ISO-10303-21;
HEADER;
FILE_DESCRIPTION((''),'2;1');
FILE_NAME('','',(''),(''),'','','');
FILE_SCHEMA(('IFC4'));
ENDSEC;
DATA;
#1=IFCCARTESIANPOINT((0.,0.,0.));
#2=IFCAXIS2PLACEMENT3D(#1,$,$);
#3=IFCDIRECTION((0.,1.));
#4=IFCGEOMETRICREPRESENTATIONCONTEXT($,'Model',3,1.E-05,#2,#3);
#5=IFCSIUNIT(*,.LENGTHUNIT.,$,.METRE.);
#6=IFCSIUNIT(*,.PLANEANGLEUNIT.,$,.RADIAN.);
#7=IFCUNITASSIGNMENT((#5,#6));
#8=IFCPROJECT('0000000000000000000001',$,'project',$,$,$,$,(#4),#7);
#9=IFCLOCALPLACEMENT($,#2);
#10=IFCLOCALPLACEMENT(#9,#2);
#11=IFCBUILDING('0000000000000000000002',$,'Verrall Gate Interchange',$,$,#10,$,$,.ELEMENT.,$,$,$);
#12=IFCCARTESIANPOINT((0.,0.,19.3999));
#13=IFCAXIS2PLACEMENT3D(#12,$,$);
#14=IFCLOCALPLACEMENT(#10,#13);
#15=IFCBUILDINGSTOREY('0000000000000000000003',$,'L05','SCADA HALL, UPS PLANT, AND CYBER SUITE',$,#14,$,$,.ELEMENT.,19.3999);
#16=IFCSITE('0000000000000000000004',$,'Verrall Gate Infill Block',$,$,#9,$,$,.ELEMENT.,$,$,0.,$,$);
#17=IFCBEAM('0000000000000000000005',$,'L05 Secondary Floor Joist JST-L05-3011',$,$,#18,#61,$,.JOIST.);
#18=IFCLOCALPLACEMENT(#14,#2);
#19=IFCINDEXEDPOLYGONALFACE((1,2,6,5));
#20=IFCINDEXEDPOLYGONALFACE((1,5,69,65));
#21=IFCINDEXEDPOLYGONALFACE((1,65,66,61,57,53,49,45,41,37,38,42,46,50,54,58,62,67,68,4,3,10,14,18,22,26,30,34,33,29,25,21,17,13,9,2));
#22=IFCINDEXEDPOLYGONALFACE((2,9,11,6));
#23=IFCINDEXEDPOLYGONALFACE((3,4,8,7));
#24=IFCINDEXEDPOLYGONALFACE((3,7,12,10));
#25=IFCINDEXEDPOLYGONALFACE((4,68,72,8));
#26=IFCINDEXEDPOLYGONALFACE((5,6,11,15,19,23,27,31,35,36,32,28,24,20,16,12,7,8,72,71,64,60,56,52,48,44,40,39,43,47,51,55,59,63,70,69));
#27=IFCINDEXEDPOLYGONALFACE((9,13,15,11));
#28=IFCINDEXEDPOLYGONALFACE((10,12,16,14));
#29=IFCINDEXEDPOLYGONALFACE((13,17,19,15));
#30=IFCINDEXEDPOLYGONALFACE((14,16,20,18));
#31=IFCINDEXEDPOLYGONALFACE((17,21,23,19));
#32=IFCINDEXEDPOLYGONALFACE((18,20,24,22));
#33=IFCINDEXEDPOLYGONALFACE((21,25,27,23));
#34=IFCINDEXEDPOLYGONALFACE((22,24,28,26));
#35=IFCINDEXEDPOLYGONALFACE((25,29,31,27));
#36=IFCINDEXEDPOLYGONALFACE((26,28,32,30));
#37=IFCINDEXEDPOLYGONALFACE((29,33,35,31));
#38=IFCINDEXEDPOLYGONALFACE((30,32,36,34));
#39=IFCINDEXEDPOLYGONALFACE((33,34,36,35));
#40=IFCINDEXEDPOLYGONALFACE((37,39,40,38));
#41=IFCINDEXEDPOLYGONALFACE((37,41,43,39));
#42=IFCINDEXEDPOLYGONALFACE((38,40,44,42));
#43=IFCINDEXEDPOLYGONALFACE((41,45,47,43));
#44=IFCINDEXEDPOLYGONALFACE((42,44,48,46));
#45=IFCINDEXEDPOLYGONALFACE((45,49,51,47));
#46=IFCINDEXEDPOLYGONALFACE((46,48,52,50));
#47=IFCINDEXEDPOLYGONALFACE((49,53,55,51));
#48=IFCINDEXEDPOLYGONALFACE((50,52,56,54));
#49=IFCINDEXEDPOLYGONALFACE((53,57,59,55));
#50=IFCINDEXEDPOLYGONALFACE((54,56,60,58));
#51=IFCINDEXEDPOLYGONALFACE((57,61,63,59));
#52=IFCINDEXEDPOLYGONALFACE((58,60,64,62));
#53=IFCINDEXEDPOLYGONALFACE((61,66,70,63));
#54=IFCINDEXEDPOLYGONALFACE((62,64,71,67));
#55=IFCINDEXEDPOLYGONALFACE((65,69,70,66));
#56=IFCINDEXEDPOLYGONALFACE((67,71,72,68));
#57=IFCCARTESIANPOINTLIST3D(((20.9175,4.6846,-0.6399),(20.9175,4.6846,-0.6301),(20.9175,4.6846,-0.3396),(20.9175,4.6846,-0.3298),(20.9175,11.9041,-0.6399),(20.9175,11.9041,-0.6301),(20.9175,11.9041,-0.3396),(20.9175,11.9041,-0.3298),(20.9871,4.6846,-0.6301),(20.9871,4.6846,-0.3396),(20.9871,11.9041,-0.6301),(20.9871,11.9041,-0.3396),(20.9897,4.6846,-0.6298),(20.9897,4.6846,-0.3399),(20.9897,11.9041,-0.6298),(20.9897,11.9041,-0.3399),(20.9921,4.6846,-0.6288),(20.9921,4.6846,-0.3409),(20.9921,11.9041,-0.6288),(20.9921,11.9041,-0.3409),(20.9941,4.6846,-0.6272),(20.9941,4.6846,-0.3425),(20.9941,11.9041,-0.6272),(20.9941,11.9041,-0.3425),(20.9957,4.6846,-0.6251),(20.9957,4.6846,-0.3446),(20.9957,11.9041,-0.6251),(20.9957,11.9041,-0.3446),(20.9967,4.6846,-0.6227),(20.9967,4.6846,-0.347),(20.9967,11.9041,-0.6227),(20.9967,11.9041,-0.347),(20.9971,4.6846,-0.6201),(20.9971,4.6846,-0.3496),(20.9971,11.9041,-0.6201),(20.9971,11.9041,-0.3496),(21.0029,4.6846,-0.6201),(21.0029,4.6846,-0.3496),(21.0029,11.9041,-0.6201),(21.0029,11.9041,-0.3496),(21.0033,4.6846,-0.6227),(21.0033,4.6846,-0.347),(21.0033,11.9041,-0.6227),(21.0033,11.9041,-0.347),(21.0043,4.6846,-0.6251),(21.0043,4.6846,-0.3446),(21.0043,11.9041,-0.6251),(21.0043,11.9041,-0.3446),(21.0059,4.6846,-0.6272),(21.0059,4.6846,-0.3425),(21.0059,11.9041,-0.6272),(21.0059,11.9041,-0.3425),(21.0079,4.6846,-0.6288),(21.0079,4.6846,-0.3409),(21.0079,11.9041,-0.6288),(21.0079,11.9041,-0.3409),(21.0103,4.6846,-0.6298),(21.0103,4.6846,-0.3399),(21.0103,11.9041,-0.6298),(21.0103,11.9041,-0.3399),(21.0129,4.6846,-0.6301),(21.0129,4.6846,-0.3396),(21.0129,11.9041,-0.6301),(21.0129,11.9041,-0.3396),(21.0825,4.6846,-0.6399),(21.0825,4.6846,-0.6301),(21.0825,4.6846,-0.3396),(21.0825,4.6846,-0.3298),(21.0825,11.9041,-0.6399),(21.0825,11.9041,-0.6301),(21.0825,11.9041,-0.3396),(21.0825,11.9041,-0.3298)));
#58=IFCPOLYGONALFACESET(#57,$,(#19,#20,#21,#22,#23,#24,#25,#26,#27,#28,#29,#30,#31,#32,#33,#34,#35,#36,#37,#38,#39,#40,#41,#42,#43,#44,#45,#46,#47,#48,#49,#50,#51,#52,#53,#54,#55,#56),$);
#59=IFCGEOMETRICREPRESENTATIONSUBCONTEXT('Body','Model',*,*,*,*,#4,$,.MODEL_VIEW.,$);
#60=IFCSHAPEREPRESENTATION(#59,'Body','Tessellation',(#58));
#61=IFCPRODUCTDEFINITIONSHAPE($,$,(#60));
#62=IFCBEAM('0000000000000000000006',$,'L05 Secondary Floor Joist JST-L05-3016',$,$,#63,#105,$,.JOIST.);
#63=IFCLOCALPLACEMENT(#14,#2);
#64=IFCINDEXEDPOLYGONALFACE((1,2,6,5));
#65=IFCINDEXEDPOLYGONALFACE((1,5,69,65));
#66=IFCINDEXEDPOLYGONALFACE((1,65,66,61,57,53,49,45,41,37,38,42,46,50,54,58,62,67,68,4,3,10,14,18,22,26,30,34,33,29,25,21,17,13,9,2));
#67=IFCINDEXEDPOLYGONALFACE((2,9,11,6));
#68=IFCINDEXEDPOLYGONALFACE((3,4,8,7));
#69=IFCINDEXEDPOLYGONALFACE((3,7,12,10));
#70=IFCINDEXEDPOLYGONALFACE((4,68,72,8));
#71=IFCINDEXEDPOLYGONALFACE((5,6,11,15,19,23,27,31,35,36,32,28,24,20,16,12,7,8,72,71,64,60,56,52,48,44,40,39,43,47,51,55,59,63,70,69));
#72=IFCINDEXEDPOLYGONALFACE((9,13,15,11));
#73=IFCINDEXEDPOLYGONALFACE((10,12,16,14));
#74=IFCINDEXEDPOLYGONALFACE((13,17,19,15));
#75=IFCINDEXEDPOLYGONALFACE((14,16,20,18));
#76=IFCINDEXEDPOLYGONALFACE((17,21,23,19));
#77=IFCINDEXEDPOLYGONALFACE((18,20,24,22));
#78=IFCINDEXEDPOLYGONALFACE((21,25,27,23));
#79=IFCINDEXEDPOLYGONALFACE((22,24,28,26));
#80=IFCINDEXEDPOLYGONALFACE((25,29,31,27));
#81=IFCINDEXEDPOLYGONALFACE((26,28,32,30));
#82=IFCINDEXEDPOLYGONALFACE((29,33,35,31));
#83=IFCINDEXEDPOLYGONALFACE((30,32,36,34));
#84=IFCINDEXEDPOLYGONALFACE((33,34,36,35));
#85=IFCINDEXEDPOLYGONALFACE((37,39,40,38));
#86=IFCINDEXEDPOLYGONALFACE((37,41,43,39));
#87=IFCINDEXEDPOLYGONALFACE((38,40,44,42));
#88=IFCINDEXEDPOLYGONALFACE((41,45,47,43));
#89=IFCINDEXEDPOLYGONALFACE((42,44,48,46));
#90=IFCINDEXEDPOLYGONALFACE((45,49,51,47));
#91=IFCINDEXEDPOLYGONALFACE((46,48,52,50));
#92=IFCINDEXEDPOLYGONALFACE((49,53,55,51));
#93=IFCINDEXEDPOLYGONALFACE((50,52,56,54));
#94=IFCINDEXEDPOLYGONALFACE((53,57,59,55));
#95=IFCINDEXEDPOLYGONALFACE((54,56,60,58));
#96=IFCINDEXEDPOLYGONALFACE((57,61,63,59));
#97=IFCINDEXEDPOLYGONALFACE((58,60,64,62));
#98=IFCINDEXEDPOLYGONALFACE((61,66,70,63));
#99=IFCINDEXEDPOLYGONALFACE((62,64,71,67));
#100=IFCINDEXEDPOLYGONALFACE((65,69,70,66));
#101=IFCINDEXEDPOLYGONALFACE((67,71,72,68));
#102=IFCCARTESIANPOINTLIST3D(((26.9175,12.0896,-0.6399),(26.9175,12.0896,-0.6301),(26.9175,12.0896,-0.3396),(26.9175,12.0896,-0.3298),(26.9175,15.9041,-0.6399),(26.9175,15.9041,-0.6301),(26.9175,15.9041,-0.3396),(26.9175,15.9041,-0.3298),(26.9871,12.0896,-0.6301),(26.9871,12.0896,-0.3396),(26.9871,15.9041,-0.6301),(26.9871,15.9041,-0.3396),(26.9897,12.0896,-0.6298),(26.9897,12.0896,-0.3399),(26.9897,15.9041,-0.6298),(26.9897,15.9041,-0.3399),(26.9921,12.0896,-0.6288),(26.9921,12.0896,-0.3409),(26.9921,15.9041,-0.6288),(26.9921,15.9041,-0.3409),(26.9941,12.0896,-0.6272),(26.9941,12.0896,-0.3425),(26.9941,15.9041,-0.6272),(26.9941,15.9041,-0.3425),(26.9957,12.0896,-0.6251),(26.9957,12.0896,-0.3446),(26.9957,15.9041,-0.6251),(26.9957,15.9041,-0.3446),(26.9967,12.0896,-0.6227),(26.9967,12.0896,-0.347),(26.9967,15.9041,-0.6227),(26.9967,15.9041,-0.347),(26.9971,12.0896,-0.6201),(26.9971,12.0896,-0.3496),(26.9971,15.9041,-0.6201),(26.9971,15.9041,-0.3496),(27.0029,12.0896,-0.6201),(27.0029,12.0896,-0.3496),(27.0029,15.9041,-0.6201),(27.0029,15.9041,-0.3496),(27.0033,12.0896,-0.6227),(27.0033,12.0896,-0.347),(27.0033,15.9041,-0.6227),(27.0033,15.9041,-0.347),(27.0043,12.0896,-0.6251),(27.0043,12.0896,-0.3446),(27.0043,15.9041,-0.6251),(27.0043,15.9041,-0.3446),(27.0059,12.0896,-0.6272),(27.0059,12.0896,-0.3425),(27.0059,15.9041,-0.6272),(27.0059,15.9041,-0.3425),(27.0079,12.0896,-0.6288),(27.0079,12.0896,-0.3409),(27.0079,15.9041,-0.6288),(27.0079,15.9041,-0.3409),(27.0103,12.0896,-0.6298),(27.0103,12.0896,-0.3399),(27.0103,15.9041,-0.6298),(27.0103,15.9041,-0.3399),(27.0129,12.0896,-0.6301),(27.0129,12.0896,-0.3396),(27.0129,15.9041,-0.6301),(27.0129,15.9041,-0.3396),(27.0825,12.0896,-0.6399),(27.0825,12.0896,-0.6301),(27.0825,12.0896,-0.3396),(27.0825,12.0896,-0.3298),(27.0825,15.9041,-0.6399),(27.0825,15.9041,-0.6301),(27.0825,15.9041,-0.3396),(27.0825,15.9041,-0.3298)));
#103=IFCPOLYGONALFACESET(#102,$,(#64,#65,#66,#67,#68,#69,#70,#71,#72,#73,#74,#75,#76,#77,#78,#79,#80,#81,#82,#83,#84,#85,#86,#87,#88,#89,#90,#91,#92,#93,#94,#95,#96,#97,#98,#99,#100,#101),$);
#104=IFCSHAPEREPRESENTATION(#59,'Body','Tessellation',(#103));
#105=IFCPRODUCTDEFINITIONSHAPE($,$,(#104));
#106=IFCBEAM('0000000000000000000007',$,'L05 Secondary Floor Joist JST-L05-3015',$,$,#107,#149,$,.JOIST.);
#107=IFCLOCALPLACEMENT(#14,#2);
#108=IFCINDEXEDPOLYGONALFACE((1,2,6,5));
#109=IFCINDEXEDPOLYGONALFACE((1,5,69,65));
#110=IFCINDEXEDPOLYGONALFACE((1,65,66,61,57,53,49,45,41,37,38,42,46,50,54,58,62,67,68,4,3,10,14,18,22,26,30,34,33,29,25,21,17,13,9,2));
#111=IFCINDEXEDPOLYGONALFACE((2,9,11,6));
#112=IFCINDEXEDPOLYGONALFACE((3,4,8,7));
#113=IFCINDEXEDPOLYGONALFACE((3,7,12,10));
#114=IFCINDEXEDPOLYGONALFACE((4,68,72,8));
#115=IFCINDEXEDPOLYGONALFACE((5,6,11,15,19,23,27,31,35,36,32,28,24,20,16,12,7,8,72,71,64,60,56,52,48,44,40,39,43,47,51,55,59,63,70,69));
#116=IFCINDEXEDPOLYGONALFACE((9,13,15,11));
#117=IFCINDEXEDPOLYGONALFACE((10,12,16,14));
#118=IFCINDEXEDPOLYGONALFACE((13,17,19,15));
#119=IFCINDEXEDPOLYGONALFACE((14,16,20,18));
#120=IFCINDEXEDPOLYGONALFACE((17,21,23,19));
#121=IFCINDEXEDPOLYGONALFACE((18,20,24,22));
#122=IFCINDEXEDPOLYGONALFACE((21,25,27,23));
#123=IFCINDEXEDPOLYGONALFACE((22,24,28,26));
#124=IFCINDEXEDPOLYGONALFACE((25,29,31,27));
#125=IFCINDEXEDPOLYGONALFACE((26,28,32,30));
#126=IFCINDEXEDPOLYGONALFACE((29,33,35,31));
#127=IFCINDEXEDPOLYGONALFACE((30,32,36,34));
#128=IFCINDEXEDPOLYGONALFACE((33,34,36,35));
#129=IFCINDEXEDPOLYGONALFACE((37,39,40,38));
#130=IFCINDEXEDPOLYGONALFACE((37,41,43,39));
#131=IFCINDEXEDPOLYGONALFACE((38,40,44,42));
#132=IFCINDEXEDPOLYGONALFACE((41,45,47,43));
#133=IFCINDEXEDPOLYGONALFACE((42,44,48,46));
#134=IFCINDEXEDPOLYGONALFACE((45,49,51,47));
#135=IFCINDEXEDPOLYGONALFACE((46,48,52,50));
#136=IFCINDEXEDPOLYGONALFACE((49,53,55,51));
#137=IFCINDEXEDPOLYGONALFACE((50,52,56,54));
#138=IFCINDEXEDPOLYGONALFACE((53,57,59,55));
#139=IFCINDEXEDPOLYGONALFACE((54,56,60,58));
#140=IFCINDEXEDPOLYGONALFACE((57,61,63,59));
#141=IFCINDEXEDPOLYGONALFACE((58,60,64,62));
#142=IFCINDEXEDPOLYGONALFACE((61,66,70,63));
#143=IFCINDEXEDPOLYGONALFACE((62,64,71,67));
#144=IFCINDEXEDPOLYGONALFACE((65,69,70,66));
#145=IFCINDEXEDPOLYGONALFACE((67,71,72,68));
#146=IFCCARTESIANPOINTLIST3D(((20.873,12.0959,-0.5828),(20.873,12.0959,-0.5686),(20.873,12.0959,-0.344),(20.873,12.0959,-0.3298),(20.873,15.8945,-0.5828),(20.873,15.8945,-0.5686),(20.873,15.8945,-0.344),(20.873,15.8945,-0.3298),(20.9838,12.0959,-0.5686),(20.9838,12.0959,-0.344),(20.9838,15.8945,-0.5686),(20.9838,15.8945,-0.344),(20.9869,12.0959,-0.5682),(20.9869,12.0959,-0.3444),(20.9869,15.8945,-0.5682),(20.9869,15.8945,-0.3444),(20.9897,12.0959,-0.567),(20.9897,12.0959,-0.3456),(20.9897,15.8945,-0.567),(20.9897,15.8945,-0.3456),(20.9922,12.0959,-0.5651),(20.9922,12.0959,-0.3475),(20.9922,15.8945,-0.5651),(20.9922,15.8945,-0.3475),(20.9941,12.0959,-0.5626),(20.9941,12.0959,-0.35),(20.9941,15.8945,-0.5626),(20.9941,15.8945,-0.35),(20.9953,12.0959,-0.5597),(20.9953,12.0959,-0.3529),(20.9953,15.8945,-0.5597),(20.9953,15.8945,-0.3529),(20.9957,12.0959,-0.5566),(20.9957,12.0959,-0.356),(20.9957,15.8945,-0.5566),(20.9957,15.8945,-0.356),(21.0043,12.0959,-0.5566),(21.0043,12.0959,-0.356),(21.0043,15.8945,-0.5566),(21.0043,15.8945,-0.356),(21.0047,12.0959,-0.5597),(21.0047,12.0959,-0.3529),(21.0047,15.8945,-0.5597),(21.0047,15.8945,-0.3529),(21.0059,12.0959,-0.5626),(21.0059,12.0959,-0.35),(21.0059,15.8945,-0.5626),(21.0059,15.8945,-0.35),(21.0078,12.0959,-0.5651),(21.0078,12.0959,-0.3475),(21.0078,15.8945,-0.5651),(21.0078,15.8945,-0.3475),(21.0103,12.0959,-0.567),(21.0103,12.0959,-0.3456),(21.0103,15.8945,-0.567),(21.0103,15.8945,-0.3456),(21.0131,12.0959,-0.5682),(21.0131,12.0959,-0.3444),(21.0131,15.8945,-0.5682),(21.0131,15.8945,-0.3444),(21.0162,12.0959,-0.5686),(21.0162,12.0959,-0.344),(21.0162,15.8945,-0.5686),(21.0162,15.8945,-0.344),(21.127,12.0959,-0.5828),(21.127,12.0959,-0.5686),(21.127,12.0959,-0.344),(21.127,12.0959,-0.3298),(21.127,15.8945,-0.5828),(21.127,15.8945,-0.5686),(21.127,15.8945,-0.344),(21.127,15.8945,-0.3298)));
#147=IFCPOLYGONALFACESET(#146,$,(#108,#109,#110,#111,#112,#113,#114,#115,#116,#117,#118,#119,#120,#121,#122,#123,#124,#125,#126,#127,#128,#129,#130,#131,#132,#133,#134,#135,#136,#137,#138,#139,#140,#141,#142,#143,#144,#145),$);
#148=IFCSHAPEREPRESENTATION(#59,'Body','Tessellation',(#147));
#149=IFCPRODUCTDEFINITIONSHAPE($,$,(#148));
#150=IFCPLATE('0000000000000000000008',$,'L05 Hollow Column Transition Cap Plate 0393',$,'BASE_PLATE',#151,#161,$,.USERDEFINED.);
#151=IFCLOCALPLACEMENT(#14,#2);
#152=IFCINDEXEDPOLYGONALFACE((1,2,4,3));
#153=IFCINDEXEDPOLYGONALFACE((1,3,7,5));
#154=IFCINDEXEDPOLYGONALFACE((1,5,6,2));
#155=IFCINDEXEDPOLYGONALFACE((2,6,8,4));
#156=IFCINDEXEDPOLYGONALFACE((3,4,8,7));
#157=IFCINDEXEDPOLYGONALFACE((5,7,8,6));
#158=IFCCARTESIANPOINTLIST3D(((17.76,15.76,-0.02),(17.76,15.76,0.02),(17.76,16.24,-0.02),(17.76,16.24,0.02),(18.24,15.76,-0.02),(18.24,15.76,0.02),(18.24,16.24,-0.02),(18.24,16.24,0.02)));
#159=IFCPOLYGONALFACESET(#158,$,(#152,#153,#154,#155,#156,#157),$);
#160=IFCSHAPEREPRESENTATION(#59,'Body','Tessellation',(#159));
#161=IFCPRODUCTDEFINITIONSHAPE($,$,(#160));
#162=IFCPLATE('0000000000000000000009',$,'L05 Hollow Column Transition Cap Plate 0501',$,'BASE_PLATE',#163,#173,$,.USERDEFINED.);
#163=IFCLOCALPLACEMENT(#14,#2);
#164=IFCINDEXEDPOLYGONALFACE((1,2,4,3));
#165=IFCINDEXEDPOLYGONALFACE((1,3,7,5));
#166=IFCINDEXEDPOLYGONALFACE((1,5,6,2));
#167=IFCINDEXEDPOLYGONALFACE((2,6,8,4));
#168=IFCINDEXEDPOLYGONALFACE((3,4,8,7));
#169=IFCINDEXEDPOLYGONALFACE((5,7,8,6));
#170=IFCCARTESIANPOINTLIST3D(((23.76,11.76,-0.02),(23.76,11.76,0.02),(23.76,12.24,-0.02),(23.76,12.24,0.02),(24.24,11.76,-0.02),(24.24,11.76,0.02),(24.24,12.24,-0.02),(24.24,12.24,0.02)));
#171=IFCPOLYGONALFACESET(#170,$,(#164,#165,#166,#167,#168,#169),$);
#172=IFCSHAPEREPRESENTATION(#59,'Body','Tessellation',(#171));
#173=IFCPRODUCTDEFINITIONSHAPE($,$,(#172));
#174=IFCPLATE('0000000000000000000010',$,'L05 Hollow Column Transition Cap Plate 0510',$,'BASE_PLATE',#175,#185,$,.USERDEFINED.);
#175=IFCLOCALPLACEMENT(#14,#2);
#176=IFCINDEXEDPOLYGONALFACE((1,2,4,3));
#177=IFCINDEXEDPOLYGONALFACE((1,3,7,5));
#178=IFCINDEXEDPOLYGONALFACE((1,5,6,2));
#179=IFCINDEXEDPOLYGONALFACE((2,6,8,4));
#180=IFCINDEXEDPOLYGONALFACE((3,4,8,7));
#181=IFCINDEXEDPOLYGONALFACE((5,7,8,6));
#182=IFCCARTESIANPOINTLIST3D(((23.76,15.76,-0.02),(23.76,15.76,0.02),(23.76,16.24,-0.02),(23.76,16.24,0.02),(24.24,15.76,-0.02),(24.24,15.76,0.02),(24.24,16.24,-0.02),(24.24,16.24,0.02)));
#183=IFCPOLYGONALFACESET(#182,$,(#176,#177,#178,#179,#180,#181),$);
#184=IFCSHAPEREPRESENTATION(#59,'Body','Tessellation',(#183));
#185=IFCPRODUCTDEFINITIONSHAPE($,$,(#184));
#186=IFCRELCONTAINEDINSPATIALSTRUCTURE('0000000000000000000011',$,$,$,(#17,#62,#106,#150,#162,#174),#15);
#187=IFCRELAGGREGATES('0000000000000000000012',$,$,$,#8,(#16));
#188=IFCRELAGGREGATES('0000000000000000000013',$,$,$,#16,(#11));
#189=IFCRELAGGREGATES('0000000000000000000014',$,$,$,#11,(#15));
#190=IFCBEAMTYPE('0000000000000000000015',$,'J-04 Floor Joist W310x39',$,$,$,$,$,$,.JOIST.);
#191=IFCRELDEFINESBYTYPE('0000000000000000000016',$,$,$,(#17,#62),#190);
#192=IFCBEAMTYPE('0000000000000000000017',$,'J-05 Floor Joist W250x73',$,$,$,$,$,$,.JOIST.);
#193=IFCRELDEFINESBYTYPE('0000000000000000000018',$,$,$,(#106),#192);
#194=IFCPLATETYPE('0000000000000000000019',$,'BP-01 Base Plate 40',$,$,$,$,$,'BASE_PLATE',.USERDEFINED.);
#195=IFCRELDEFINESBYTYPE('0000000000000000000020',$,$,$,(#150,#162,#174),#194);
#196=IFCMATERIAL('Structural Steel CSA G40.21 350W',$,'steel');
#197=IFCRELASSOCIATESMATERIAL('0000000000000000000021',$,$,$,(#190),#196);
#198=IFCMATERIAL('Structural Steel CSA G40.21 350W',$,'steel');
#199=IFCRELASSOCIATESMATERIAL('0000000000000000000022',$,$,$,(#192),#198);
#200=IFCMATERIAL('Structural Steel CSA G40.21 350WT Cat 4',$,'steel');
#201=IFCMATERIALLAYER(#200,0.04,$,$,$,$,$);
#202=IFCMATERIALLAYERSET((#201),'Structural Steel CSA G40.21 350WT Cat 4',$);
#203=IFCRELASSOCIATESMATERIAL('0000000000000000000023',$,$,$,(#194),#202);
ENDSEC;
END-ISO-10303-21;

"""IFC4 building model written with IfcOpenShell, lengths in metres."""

from ifc_helpers import new_model, si_unit, direction, frame, origin, origin_2d, place, context, subcontext, project, spatial, rectangle, i_section, extrude, material, layer, layer_set, material_profile, profile_set, type_object, element, save


model = new_model("IFC4")

# Units and contexts
model_context = context("Model", 3, precision=1e-05, world=origin(), true_north=direction((0.0, 1.0)))
body_context = subcontext(model_context, "Body", "Model", "MODEL_VIEW")
ifc_project = project(units=[si_unit("LENGTHUNIT", "METRE"), si_unit("PLANEANGLEUNIT", "RADIAN")], contexts=[model_context])

# Site, building, storey
site_placement = place(None, origin())
site = spatial("IfcSite", under=ifc_project, at=site_placement, Name="Verrall Gate Infill Block", CompositionType="ELEMENT", RefElevation=0.0)
building_placement = place(site_placement, origin())
building = spatial("IfcBuilding", under=site, at=building_placement, Name="Verrall Gate Interchange", CompositionType="ELEMENT")
storey_placement = place(building_placement, frame((0.0, 0.0, 19.3999)))
storey = spatial("IfcBuildingStorey", under=building, at=storey_placement, Name="L05", Description="SCADA HALL, UPS PLANT, AND CYBER SUITE", CompositionType="ELEMENT", Elevation=19.3999)

# Beams
ifc_material_1 = material(Name="Structural Steel CSA G40.21 350W", Category="steel")
ifc_material_profile_1 = material_profile(ifc_material_1, i_section(OverallWidth=0.165, OverallDepth=0.3101, WebThickness=0.0059, FlangeThickness=0.0098, FilletRadius=0.01, at=origin_2d()), Name="W310x39")
ifc_profile_set_1 = profile_set([ifc_material_profile_1], Name="Structural Steel CSA G40.21 350W")
beam_type_1 = type_object("IfcBeamType", Name="J-04 Floor Joist W310x39", PredefinedType="JOIST", material=ifc_profile_set_1)
beam_1_placement = place(storey_placement, frame((21.0, 4.6846, -0.4849), z_axis=(0.0, 1.0, 0.0), x_axis=(-1.0, 0.0, 0.0)))
element("IfcBeam", 1, at=beam_1_placement, inside=storey, type_object=beam_type_1, Name="L05 Secondary Floor Joist JST-L05-3011", PredefinedType="JOIST", context=body_context, shape_type="SweptSolid", body=[
    extrude(i_section(OverallWidth=0.165, OverallDepth=0.3101, WebThickness=0.0059, FlangeThickness=0.0098, FilletRadius=0.01, at=origin_2d()), origin(), (0.0, 0.0, 1.0), 7.2195),
])
beam_2_placement = place(storey_placement, frame((27.0, 12.0896, -0.4849), z_axis=(0.0, 1.0, 0.0), x_axis=(-1.0, 0.0, 0.0)))
element("IfcBeam", 2, at=beam_2_placement, inside=storey, type_object=beam_type_1, Name="L05 Secondary Floor Joist JST-L05-3016", PredefinedType="JOIST", context=body_context, shape_type="SweptSolid", body=[
    extrude(i_section(OverallWidth=0.165, OverallDepth=0.3101, WebThickness=0.0059, FlangeThickness=0.0098, FilletRadius=0.01, at=origin_2d()), origin(), (0.0, 0.0, 1.0), 3.8145),
])
ifc_material_2 = material(Name="Structural Steel CSA G40.21 350W", Category="steel")
ifc_material_profile_2 = material_profile(ifc_material_2, i_section(OverallWidth=0.2539, OverallDepth=0.2529, WebThickness=0.0085, FlangeThickness=0.0142, FilletRadius=0.012, at=origin_2d()), Name="W250x73")
ifc_profile_set_2 = profile_set([ifc_material_profile_2], Name="Structural Steel CSA G40.21 350W")
beam_type_2 = type_object("IfcBeamType", Name="J-05 Floor Joist W250x73", PredefinedType="JOIST", material=ifc_profile_set_2)
beam_3_placement = place(storey_placement, frame((21.0, 12.0959, -0.4563), z_axis=(0.0, 1.0, 0.0), x_axis=(-1.0, 0.0, 0.0)))
element("IfcBeam", 3, at=beam_3_placement, inside=storey, type_object=beam_type_2, Name="L05 Secondary Floor Joist JST-L05-3015", PredefinedType="JOIST", context=body_context, shape_type="SweptSolid", body=[
    extrude(i_section(OverallWidth=0.2539, OverallDepth=0.2529, WebThickness=0.0085, FlangeThickness=0.0142, FilletRadius=0.012, at=origin_2d()), origin(), (0.0, 0.0, 1.0), 3.7986),
])

# Plates
ifc_material_3 = material(Name="Structural Steel CSA G40.21 350WT Cat 4", Category="steel")
ifc_layer_1 = layer(ifc_material_3, 0.04)
ifc_layer_set_1 = layer_set([ifc_layer_1], Name="Structural Steel CSA G40.21 350WT Cat 4")
plate_type = type_object("IfcPlateType", Name="BP-01 Base Plate 40", ElementType="BASE_PLATE", PredefinedType="USERDEFINED", material=ifc_layer_set_1)
for number, where, z_axis, x_axis, name in (
    (4, (18.0, 16.0, -0.02), (0.0, 0.0, 1.0), (1.0, 0.0, 0.0), "L05 Hollow Column Transition Cap Plate 0393"),
    (5, (24.0, 12.0, -0.02), (0.0, 0.0, 1.0), (1.0, 0.0, 0.0), "L05 Hollow Column Transition Cap Plate 0501"),
    (6, (24.0, 16.0, -0.02), (0.0, 0.0, 1.0), (1.0, 0.0, 0.0), "L05 Hollow Column Transition Cap Plate 0510"),
):
    element("IfcPlate", number, at=place(storey_placement, frame(where, z_axis=z_axis, x_axis=x_axis)), inside=storey, type_object=plate_type, Name=name, ObjectType="BASE_PLATE", PredefinedType="USERDEFINED", context=body_context, shape_type="SweptSolid", body=[
        extrude(rectangle(XDim=0.48, YDim=0.48, at=origin_2d()), origin(), (0.0, 0.0, 1.0), 0.04),
    ])

save(model, "model.ifc")
